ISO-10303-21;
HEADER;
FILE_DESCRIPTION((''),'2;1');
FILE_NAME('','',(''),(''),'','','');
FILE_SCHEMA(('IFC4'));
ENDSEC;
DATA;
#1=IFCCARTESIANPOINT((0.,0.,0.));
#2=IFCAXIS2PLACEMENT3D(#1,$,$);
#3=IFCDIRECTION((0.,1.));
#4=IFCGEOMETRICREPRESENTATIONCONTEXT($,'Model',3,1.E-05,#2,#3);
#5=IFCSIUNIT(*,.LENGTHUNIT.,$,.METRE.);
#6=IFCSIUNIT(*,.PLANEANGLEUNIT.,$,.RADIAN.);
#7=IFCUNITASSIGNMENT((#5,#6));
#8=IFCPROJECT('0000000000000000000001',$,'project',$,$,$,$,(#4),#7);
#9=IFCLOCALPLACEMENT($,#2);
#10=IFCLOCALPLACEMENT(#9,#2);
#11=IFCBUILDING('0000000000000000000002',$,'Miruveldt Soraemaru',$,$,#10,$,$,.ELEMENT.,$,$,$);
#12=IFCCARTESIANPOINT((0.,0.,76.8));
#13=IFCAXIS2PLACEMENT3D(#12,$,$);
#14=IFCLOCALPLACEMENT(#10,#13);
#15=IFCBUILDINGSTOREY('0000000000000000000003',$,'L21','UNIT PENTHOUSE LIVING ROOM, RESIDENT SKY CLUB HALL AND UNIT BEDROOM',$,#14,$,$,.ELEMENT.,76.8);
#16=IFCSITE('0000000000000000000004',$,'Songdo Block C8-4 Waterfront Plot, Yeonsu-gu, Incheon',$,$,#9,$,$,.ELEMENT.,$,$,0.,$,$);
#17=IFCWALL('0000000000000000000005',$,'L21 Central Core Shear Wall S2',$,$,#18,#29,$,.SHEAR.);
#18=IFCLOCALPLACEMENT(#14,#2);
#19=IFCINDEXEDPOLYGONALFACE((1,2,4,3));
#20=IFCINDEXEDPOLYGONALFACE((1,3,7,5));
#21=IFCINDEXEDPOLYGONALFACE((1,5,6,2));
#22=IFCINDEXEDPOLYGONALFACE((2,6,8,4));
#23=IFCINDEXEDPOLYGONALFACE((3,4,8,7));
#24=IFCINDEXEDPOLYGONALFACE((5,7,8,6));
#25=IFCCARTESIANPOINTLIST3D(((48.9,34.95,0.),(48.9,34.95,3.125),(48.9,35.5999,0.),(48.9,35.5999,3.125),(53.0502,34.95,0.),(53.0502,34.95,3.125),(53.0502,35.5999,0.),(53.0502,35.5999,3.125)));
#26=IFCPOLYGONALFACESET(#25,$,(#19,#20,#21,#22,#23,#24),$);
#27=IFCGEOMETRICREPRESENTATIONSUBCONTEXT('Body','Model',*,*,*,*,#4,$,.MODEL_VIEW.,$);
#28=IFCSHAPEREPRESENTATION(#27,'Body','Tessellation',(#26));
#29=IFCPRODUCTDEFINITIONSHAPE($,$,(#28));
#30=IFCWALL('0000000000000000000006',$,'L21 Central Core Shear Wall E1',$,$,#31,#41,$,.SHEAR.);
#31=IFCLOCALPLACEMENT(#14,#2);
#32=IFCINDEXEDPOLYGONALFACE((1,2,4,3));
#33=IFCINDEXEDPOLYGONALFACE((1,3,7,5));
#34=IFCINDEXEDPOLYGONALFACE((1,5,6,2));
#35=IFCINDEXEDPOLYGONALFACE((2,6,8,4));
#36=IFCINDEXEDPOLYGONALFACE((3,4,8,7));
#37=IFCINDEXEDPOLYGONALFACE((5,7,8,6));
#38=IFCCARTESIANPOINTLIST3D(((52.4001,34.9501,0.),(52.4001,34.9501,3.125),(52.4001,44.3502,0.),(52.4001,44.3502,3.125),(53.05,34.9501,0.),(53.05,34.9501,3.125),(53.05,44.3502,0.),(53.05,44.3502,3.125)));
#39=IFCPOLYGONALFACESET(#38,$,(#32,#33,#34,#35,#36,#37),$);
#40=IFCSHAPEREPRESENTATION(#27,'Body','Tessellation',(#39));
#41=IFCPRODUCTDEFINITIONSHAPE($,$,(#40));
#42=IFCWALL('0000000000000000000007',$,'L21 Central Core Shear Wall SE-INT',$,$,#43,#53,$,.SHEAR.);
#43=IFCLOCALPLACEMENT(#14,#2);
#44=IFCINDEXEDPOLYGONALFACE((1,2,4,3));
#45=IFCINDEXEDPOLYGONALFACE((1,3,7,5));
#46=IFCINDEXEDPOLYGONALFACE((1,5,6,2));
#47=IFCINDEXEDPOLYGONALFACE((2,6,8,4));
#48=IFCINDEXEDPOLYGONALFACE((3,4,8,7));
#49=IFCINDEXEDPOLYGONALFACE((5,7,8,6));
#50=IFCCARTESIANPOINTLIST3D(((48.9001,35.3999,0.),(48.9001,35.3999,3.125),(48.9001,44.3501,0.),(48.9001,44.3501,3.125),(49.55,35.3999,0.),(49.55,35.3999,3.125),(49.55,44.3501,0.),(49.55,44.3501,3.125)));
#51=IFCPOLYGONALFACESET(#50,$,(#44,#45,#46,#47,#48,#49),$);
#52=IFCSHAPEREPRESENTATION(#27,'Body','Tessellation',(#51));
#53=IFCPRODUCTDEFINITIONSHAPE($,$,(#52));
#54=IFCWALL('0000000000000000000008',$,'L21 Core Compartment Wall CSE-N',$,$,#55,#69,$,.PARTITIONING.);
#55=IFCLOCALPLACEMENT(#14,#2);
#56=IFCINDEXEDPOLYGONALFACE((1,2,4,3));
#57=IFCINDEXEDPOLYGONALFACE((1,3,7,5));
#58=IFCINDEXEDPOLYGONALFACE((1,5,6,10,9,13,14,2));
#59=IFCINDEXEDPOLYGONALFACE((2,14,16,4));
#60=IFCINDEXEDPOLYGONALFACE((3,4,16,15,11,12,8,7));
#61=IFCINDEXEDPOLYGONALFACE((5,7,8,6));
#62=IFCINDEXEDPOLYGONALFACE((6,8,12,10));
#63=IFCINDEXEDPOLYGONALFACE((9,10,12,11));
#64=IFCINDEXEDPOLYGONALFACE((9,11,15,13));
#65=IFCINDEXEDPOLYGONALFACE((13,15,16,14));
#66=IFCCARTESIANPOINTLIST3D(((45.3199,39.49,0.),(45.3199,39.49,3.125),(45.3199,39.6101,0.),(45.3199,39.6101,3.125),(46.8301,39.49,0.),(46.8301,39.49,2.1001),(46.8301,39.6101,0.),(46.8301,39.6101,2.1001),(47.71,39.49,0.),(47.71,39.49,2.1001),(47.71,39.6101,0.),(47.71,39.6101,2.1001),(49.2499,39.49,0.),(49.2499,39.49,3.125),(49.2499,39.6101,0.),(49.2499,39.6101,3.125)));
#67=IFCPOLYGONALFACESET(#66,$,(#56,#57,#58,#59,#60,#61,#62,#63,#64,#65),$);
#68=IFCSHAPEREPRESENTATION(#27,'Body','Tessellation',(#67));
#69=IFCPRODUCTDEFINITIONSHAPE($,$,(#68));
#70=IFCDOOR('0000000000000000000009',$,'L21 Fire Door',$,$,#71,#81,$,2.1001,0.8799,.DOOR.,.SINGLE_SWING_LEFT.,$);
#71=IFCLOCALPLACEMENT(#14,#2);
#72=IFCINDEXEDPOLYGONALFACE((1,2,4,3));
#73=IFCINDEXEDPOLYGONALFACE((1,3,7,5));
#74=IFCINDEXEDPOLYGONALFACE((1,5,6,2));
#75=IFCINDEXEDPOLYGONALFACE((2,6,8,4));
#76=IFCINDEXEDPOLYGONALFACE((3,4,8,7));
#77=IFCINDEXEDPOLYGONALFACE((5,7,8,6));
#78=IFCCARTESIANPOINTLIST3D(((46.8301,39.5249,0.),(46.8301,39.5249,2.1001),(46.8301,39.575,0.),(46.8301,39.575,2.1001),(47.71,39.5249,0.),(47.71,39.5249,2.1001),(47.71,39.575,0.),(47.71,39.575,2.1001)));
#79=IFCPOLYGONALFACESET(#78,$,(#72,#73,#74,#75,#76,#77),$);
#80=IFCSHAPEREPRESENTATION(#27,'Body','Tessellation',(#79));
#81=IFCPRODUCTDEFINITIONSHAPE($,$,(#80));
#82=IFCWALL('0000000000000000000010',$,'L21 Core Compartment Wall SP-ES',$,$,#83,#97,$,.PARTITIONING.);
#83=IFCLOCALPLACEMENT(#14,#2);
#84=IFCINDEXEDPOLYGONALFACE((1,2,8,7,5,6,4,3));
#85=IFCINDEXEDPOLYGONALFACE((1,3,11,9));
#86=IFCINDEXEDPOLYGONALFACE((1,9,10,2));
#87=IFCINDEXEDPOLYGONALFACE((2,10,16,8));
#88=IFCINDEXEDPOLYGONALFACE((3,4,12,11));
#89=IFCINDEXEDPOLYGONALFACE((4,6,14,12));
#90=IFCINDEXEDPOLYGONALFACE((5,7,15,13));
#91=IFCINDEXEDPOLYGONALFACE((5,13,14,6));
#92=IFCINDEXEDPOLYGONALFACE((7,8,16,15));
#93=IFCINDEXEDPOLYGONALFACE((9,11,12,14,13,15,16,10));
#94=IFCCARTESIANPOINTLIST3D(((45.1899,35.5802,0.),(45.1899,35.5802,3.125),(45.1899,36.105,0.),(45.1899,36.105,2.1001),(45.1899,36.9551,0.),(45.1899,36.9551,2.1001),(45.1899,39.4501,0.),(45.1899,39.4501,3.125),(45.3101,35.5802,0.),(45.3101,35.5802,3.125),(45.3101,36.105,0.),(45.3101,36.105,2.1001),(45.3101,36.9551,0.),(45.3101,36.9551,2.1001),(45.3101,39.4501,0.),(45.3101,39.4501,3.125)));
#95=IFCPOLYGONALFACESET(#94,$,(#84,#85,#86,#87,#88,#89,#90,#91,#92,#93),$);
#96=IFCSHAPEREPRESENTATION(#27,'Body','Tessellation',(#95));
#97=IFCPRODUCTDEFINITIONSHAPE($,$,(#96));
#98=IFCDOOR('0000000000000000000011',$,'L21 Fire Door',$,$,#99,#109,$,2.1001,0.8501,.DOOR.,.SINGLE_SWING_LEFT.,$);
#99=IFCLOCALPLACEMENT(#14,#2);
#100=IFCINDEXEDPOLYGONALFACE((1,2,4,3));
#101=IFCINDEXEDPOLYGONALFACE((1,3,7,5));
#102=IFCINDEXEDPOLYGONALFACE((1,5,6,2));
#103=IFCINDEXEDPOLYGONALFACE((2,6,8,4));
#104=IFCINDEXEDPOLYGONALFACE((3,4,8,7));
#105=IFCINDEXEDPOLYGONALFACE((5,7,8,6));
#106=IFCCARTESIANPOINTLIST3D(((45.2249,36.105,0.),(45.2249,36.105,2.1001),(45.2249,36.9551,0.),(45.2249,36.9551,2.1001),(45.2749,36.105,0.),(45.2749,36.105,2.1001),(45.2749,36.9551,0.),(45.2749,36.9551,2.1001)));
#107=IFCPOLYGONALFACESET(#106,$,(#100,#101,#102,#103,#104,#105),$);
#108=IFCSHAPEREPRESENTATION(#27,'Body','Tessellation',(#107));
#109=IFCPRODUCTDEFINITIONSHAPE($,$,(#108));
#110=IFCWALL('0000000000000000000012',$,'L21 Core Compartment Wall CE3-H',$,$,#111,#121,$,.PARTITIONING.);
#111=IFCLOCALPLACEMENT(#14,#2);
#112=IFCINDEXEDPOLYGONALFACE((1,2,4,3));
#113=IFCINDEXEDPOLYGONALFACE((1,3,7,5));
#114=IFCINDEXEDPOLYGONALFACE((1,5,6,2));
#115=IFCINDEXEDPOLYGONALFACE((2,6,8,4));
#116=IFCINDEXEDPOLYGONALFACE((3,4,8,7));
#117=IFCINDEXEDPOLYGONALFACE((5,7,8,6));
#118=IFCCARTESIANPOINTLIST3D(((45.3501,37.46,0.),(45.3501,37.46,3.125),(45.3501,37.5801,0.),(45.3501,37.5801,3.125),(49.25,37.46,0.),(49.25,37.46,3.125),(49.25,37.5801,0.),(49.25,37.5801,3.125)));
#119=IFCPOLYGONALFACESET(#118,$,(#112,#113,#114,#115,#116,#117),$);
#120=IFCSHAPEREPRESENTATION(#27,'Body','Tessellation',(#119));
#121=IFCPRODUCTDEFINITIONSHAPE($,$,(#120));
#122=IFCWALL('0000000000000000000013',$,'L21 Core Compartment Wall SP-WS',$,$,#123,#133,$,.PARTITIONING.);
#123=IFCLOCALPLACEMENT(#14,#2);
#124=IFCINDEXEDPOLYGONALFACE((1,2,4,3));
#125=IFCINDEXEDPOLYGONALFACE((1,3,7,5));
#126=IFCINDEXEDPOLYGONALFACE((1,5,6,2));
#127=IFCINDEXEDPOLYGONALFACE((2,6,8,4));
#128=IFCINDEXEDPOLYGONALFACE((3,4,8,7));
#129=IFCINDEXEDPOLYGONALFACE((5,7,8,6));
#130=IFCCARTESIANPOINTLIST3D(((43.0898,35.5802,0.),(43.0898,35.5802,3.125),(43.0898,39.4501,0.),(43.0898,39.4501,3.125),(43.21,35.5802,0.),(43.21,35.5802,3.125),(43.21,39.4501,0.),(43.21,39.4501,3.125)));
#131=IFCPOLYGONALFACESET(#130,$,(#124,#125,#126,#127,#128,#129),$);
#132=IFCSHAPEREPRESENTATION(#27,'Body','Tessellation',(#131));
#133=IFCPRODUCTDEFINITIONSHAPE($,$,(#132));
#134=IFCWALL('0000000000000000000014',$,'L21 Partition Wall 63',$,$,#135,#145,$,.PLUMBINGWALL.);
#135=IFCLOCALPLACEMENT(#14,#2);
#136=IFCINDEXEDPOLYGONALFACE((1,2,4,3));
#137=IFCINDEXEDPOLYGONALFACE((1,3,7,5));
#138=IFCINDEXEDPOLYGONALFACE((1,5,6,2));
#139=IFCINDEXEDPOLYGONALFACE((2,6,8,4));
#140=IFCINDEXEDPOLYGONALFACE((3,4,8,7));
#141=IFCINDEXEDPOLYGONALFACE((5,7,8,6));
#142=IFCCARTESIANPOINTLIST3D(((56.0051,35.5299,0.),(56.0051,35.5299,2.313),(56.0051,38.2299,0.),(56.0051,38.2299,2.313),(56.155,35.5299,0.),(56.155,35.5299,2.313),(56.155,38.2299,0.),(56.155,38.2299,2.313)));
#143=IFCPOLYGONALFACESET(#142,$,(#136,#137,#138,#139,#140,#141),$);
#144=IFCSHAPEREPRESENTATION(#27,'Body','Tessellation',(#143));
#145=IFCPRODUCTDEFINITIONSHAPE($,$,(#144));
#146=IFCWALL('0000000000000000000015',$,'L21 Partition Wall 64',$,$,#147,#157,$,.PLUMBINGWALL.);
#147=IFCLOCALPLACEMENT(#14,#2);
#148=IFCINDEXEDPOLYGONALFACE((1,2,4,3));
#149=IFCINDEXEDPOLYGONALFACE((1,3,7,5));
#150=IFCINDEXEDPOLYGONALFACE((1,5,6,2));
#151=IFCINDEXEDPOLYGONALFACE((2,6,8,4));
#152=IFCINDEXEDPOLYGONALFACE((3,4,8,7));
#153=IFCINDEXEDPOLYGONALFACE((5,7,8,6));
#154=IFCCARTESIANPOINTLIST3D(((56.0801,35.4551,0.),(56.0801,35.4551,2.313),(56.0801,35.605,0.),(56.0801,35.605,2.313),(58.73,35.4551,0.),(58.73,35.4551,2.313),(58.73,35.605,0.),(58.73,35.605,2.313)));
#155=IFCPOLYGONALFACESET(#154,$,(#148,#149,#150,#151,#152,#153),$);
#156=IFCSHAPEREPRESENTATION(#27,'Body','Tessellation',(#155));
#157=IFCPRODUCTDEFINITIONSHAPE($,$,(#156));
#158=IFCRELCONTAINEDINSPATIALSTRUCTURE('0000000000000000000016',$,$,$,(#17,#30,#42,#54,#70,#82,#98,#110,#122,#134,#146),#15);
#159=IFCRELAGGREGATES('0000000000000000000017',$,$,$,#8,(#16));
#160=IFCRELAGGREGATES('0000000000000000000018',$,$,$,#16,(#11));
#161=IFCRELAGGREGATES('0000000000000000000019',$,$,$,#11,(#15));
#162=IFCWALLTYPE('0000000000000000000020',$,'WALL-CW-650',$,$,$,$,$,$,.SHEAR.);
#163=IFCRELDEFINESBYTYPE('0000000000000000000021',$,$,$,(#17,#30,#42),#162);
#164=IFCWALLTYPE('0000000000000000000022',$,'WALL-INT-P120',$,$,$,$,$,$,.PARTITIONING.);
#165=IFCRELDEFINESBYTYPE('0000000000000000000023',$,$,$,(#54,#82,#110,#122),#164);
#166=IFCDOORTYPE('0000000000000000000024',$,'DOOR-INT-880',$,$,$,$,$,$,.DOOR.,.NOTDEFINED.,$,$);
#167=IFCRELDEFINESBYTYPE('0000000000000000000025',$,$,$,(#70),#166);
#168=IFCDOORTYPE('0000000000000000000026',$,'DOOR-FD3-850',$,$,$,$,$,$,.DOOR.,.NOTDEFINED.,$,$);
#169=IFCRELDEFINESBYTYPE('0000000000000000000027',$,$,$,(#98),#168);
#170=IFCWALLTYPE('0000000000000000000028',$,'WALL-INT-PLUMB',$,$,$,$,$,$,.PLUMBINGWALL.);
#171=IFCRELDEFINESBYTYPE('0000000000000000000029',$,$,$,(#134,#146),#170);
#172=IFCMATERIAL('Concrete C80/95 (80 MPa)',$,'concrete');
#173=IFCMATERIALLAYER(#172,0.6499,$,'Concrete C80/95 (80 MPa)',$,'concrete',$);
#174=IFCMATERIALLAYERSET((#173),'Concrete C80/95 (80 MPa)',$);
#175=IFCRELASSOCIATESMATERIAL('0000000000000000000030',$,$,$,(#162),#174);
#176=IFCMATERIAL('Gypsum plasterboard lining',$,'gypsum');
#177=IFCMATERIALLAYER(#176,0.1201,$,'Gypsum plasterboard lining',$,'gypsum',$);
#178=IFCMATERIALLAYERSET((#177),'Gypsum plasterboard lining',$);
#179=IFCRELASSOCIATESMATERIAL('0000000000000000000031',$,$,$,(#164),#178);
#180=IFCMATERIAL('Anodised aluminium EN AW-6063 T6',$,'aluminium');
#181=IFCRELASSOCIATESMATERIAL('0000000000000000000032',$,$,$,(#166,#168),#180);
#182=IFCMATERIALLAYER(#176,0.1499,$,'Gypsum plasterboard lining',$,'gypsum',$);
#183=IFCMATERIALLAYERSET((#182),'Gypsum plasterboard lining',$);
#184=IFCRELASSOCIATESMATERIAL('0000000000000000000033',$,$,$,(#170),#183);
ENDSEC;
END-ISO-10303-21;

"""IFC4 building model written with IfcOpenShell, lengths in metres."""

from ifc_helpers import new_model, si_unit, direction, frame, frame_2d, origin, place, context, subcontext, project, spatial, rectangle, extrude, material, layer, layer_set, type_object, element, fill, save


model = new_model("IFC4")

# Units and contexts
model_context = context("Model", 3, precision=1e-05, world=origin(), true_north=direction((0.0, 1.0)))
body_context = subcontext(model_context, "Body", "Model", "MODEL_VIEW")
ifc_project = project(units=[si_unit("LENGTHUNIT", "METRE"), si_unit("PLANEANGLEUNIT", "RADIAN")], contexts=[model_context])

# Site, building, storey
site_placement = place(None, origin())
site = spatial("IfcSite", under=ifc_project, at=site_placement, Name="Songdo Block C8-4 Waterfront Plot, Yeonsu-gu, Incheon", CompositionType="ELEMENT", RefElevation=0.0)
building_placement = place(site_placement, origin())
building = spatial("IfcBuilding", under=site, at=building_placement, Name="Miruveldt Soraemaru", CompositionType="ELEMENT")
storey_placement = place(building_placement, frame((0.0, 0.0, 76.8)))
storey = spatial("IfcBuildingStorey", under=building, at=storey_placement, Name="L21", Description="UNIT PENTHOUSE LIVING ROOM, RESIDENT SKY CLUB HALL AND UNIT BEDROOM", CompositionType="ELEMENT", Elevation=76.8)

# Walls
ifc_material_1 = material(Name="Concrete C80/95 (80 MPa)", Category="concrete")
ifc_layer_1 = layer(ifc_material_1, 0.6499, Name="Concrete C80/95 (80 MPa)", Category="concrete")
ifc_layer_set_1 = layer_set([ifc_layer_1], Name="Concrete C80/95 (80 MPa)")
wall_type_1 = type_object("IfcWallType", Name="WALL-CW-650", PredefinedType="SHEAR", material=ifc_layer_set_1)
wall_1_placement = place(storey_placement, frame((48.8999, 35.2749, 0.0), z_axis=(0.0, 0.0, 1.0), x_axis=(1.0, 0.0, 0.0)))
element("IfcWall", 1, at=wall_1_placement, inside=storey, type_object=wall_type_1, Name="L21 Central Core Shear Wall S2", PredefinedType="SHEAR", context=body_context, shape_type="SweptSolid", body=[
    extrude(rectangle(XDim=4.1501, YDim=0.6499, at=frame_2d((2.0752, 0.0))), origin(), (0.0, 0.0, 1.0), 3.125),
])
wall_2_placement = place(storey_placement, frame((52.7251, 34.95, 0.0), z_axis=(0.0, 0.0, 1.0), x_axis=(0.0, 1.0, 0.0)))
element("IfcWall", 2, at=wall_2_placement, inside=storey, type_object=wall_type_1, Name="L21 Central Core Shear Wall E1", PredefinedType="SHEAR", context=body_context, shape_type="SweptSolid", body=[
    extrude(rectangle(XDim=9.4001, YDim=0.6499, at=frame_2d((4.7002, 0.0))), origin(), (0.0, 0.0, 1.0), 3.125),
])
wall_3_placement = place(storey_placement, frame((49.2251, 35.3999, 0.0), z_axis=(0.0, 0.0, 1.0), x_axis=(0.0, 1.0, 0.0)))
element("IfcWall", 3, at=wall_3_placement, inside=storey, type_object=wall_type_1, Name="L21 Central Core Shear Wall SE-INT", PredefinedType="SHEAR", context=body_context, shape_type="SweptSolid", body=[
    extrude(rectangle(XDim=8.9502, YDim=0.6499, at=frame_2d((4.4751, 0.0))), origin(), (0.0, 0.0, 1.0), 3.125),
])

# Walls, openings, doors
ifc_material_2 = material(Name="Gypsum plasterboard lining", Category="gypsum")
ifc_layer_2 = layer(ifc_material_2, 0.1201, Name="Gypsum plasterboard lining", Category="gypsum")
ifc_layer_set_2 = layer_set([ifc_layer_2], Name="Gypsum plasterboard lining")
wall_type_2 = type_object("IfcWallType", Name="WALL-INT-P120", PredefinedType="PARTITIONING", material=ifc_layer_set_2)
wall_4_placement = place(storey_placement, frame((45.3201, 39.55, 0.0), z_axis=(0.0, 0.0, 1.0), x_axis=(1.0, 0.0, 0.0)))
wall_4 = element("IfcWall", 4, at=wall_4_placement, inside=storey, type_object=wall_type_2, Name="L21 Core Compartment Wall CSE-N", PredefinedType="PARTITIONING", context=body_context, shape_type="SweptSolid", body=[
    extrude(rectangle(XDim=3.9299, YDim=0.1201, at=frame_2d((1.9648, 0.0))), origin(), (0.0, 0.0, 1.0), 3.125),
])
opening_1_placement = place(wall_4_placement, frame((1.51, 0.0, 0.0)))
opening_1 = element("IfcOpeningElement", 5, at=opening_1_placement, cuts=wall_4, PredefinedType="OPENING", context=body_context, shape_type="SweptSolid", body=[
    extrude(rectangle(XDim=0.8799, YDim=2.1001, at=frame_2d((0.4399, 1.05))), frame((0.0, 0.0701, 0.0), z_axis=(0.0, -1.0, 0.0), x_axis=(1.0, 0.0, 0.0)), (0.0, 0.0, 1.0), 0.1401),
])
ifc_material_3 = material(Name="Anodised aluminium EN AW-6063 T6", Category="aluminium")
door_type_1 = type_object("IfcDoorType", Name="DOOR-INT-880", OperationType="NOTDEFINED", PredefinedType="DOOR", material=ifc_material_3)
door_1_placement = place(opening_1_placement, origin())
door_1 = element("IfcDoor", 6, at=door_1_placement, inside=storey, type_object=door_type_1, Name="L21 Fire Door", OperationType="SINGLE_SWING_LEFT", OverallHeight=2.1001, OverallWidth=0.8799, PredefinedType="DOOR", context=body_context, shape_type="SweptSolid", body=[
    extrude(rectangle(XDim=0.8799, YDim=2.1001, at=frame_2d((0.4399, 1.05))), frame((0.0, 0.0249, 0.0), z_axis=(0.0, -1.0, 0.0), x_axis=(1.0, 0.0, 0.0)), (0.0, 0.0, 1.0), 0.05),
])
fill(opening_1, door_1)
wall_5_placement = place(storey_placement, frame((45.25, 35.5801, 0.0), z_axis=(0.0, 0.0, 1.0), x_axis=(0.0, 1.0, 0.0)))
wall_5 = element("IfcWall", 7, at=wall_5_placement, inside=storey, type_object=wall_type_2, Name="L21 Core Compartment Wall SP-ES", PredefinedType="PARTITIONING", context=body_context, shape_type="SweptSolid", body=[
    extrude(rectangle(XDim=3.8699, YDim=0.1201, at=frame_2d((1.9351, 0.0))), origin(), (0.0, 0.0, 1.0), 3.125),
])
opening_2_placement = place(wall_5_placement, frame((0.5249, 0.0, 0.0)))
opening_2 = element("IfcOpeningElement", 8, at=opening_2_placement, cuts=wall_5, PredefinedType="OPENING", context=body_context, shape_type="SweptSolid", body=[
    extrude(rectangle(XDim=0.8501, YDim=2.1001, at=frame_2d((0.425, 1.05))), frame((0.0, 0.0701, 0.0), z_axis=(0.0, -1.0, 0.0), x_axis=(1.0, 0.0, 0.0)), (0.0, 0.0, 1.0), 0.1401),
])
door_type_2 = type_object("IfcDoorType", Name="DOOR-FD3-850", OperationType="NOTDEFINED", PredefinedType="DOOR", material=ifc_material_3)
door_2_placement = place(opening_2_placement, frame((0.8501, 0.0, 0.0), z_axis=(0.0, 0.0, 1.0), x_axis=(-1.0, 0.0, 0.0)))
door_2 = element("IfcDoor", 9, at=door_2_placement, inside=storey, type_object=door_type_2, Name="L21 Fire Door", OperationType="SINGLE_SWING_LEFT", OverallHeight=2.1001, OverallWidth=0.8501, PredefinedType="DOOR", context=body_context, shape_type="SweptSolid", body=[
    extrude(rectangle(XDim=0.8501, YDim=2.1001, at=frame_2d((0.425, 1.05))), frame((0.0, 0.0249, 0.0), z_axis=(0.0, -1.0, 0.0), x_axis=(1.0, 0.0, 0.0)), (0.0, 0.0, 1.0), 0.05),
])
fill(opening_2, door_2)

# Walls
wall_6_placement = place(storey_placement, frame((45.3501, 37.52, 0.0), z_axis=(0.0, 0.0, 1.0), x_axis=(1.0, 0.0, 0.0)))
element("IfcWall", 10, at=wall_6_placement, inside=storey, type_object=wall_type_2, Name="L21 Core Compartment Wall CE3-H", PredefinedType="PARTITIONING", context=body_context, shape_type="SweptSolid", body=[
    extrude(rectangle(XDim=3.8999, YDim=0.1201, at=frame_2d((1.95, 0.0))), origin(), (0.0, 0.0, 1.0), 3.125),
])
wall_7_placement = place(storey_placement, frame((43.1499, 35.5801, 0.0), z_axis=(0.0, 0.0, 1.0), x_axis=(0.0, 1.0, 0.0)))
element("IfcWall", 11, at=wall_7_placement, inside=storey, type_object=wall_type_2, Name="L21 Core Compartment Wall SP-WS", PredefinedType="PARTITIONING", context=body_context, shape_type="SweptSolid", body=[
    extrude(rectangle(XDim=3.8699, YDim=0.1201, at=frame_2d((1.9351, 0.0))), origin(), (0.0, 0.0, 1.0), 3.125),
])
ifc_layer_3 = layer(ifc_material_2, 0.1499, Name="Gypsum plasterboard lining", Category="gypsum")
ifc_layer_set_3 = layer_set([ifc_layer_3], Name="Gypsum plasterboard lining")
wall_type_3 = type_object("IfcWallType", Name="WALL-INT-PLUMB", PredefinedType="PLUMBINGWALL", material=ifc_layer_set_3)
wall_8_placement = place(storey_placement, frame((56.0801, 38.23, 0.0), z_axis=(0.0, 0.0, 1.0), x_axis=(0.0, -1.0, 0.0)))
element("IfcWall", 12, at=wall_8_placement, inside=storey, type_object=wall_type_3, Name="L21 Partition Wall 63", PredefinedType="PLUMBINGWALL", context=body_context, shape_type="SweptSolid", body=[
    extrude(rectangle(XDim=2.7, YDim=0.1499, at=frame_2d((1.3501, 0.0))), origin(), (0.0, 0.0, 1.0), 2.313),
])
wall_9_placement = place(storey_placement, frame((56.0801, 35.53, 0.0), z_axis=(0.0, 0.0, 1.0), x_axis=(1.0, 0.0, 0.0)))
element("IfcWall", 13, at=wall_9_placement, inside=storey, type_object=wall_type_3, Name="L21 Partition Wall 64", PredefinedType="PLUMBINGWALL", context=body_context, shape_type="SweptSolid", body=[
    extrude(rectangle(XDim=2.6499, YDim=0.1499, at=frame_2d((1.325, 0.0))), origin(), (0.0, 0.0, 1.0), 2.313),
])

save(model, "model.ifc")
